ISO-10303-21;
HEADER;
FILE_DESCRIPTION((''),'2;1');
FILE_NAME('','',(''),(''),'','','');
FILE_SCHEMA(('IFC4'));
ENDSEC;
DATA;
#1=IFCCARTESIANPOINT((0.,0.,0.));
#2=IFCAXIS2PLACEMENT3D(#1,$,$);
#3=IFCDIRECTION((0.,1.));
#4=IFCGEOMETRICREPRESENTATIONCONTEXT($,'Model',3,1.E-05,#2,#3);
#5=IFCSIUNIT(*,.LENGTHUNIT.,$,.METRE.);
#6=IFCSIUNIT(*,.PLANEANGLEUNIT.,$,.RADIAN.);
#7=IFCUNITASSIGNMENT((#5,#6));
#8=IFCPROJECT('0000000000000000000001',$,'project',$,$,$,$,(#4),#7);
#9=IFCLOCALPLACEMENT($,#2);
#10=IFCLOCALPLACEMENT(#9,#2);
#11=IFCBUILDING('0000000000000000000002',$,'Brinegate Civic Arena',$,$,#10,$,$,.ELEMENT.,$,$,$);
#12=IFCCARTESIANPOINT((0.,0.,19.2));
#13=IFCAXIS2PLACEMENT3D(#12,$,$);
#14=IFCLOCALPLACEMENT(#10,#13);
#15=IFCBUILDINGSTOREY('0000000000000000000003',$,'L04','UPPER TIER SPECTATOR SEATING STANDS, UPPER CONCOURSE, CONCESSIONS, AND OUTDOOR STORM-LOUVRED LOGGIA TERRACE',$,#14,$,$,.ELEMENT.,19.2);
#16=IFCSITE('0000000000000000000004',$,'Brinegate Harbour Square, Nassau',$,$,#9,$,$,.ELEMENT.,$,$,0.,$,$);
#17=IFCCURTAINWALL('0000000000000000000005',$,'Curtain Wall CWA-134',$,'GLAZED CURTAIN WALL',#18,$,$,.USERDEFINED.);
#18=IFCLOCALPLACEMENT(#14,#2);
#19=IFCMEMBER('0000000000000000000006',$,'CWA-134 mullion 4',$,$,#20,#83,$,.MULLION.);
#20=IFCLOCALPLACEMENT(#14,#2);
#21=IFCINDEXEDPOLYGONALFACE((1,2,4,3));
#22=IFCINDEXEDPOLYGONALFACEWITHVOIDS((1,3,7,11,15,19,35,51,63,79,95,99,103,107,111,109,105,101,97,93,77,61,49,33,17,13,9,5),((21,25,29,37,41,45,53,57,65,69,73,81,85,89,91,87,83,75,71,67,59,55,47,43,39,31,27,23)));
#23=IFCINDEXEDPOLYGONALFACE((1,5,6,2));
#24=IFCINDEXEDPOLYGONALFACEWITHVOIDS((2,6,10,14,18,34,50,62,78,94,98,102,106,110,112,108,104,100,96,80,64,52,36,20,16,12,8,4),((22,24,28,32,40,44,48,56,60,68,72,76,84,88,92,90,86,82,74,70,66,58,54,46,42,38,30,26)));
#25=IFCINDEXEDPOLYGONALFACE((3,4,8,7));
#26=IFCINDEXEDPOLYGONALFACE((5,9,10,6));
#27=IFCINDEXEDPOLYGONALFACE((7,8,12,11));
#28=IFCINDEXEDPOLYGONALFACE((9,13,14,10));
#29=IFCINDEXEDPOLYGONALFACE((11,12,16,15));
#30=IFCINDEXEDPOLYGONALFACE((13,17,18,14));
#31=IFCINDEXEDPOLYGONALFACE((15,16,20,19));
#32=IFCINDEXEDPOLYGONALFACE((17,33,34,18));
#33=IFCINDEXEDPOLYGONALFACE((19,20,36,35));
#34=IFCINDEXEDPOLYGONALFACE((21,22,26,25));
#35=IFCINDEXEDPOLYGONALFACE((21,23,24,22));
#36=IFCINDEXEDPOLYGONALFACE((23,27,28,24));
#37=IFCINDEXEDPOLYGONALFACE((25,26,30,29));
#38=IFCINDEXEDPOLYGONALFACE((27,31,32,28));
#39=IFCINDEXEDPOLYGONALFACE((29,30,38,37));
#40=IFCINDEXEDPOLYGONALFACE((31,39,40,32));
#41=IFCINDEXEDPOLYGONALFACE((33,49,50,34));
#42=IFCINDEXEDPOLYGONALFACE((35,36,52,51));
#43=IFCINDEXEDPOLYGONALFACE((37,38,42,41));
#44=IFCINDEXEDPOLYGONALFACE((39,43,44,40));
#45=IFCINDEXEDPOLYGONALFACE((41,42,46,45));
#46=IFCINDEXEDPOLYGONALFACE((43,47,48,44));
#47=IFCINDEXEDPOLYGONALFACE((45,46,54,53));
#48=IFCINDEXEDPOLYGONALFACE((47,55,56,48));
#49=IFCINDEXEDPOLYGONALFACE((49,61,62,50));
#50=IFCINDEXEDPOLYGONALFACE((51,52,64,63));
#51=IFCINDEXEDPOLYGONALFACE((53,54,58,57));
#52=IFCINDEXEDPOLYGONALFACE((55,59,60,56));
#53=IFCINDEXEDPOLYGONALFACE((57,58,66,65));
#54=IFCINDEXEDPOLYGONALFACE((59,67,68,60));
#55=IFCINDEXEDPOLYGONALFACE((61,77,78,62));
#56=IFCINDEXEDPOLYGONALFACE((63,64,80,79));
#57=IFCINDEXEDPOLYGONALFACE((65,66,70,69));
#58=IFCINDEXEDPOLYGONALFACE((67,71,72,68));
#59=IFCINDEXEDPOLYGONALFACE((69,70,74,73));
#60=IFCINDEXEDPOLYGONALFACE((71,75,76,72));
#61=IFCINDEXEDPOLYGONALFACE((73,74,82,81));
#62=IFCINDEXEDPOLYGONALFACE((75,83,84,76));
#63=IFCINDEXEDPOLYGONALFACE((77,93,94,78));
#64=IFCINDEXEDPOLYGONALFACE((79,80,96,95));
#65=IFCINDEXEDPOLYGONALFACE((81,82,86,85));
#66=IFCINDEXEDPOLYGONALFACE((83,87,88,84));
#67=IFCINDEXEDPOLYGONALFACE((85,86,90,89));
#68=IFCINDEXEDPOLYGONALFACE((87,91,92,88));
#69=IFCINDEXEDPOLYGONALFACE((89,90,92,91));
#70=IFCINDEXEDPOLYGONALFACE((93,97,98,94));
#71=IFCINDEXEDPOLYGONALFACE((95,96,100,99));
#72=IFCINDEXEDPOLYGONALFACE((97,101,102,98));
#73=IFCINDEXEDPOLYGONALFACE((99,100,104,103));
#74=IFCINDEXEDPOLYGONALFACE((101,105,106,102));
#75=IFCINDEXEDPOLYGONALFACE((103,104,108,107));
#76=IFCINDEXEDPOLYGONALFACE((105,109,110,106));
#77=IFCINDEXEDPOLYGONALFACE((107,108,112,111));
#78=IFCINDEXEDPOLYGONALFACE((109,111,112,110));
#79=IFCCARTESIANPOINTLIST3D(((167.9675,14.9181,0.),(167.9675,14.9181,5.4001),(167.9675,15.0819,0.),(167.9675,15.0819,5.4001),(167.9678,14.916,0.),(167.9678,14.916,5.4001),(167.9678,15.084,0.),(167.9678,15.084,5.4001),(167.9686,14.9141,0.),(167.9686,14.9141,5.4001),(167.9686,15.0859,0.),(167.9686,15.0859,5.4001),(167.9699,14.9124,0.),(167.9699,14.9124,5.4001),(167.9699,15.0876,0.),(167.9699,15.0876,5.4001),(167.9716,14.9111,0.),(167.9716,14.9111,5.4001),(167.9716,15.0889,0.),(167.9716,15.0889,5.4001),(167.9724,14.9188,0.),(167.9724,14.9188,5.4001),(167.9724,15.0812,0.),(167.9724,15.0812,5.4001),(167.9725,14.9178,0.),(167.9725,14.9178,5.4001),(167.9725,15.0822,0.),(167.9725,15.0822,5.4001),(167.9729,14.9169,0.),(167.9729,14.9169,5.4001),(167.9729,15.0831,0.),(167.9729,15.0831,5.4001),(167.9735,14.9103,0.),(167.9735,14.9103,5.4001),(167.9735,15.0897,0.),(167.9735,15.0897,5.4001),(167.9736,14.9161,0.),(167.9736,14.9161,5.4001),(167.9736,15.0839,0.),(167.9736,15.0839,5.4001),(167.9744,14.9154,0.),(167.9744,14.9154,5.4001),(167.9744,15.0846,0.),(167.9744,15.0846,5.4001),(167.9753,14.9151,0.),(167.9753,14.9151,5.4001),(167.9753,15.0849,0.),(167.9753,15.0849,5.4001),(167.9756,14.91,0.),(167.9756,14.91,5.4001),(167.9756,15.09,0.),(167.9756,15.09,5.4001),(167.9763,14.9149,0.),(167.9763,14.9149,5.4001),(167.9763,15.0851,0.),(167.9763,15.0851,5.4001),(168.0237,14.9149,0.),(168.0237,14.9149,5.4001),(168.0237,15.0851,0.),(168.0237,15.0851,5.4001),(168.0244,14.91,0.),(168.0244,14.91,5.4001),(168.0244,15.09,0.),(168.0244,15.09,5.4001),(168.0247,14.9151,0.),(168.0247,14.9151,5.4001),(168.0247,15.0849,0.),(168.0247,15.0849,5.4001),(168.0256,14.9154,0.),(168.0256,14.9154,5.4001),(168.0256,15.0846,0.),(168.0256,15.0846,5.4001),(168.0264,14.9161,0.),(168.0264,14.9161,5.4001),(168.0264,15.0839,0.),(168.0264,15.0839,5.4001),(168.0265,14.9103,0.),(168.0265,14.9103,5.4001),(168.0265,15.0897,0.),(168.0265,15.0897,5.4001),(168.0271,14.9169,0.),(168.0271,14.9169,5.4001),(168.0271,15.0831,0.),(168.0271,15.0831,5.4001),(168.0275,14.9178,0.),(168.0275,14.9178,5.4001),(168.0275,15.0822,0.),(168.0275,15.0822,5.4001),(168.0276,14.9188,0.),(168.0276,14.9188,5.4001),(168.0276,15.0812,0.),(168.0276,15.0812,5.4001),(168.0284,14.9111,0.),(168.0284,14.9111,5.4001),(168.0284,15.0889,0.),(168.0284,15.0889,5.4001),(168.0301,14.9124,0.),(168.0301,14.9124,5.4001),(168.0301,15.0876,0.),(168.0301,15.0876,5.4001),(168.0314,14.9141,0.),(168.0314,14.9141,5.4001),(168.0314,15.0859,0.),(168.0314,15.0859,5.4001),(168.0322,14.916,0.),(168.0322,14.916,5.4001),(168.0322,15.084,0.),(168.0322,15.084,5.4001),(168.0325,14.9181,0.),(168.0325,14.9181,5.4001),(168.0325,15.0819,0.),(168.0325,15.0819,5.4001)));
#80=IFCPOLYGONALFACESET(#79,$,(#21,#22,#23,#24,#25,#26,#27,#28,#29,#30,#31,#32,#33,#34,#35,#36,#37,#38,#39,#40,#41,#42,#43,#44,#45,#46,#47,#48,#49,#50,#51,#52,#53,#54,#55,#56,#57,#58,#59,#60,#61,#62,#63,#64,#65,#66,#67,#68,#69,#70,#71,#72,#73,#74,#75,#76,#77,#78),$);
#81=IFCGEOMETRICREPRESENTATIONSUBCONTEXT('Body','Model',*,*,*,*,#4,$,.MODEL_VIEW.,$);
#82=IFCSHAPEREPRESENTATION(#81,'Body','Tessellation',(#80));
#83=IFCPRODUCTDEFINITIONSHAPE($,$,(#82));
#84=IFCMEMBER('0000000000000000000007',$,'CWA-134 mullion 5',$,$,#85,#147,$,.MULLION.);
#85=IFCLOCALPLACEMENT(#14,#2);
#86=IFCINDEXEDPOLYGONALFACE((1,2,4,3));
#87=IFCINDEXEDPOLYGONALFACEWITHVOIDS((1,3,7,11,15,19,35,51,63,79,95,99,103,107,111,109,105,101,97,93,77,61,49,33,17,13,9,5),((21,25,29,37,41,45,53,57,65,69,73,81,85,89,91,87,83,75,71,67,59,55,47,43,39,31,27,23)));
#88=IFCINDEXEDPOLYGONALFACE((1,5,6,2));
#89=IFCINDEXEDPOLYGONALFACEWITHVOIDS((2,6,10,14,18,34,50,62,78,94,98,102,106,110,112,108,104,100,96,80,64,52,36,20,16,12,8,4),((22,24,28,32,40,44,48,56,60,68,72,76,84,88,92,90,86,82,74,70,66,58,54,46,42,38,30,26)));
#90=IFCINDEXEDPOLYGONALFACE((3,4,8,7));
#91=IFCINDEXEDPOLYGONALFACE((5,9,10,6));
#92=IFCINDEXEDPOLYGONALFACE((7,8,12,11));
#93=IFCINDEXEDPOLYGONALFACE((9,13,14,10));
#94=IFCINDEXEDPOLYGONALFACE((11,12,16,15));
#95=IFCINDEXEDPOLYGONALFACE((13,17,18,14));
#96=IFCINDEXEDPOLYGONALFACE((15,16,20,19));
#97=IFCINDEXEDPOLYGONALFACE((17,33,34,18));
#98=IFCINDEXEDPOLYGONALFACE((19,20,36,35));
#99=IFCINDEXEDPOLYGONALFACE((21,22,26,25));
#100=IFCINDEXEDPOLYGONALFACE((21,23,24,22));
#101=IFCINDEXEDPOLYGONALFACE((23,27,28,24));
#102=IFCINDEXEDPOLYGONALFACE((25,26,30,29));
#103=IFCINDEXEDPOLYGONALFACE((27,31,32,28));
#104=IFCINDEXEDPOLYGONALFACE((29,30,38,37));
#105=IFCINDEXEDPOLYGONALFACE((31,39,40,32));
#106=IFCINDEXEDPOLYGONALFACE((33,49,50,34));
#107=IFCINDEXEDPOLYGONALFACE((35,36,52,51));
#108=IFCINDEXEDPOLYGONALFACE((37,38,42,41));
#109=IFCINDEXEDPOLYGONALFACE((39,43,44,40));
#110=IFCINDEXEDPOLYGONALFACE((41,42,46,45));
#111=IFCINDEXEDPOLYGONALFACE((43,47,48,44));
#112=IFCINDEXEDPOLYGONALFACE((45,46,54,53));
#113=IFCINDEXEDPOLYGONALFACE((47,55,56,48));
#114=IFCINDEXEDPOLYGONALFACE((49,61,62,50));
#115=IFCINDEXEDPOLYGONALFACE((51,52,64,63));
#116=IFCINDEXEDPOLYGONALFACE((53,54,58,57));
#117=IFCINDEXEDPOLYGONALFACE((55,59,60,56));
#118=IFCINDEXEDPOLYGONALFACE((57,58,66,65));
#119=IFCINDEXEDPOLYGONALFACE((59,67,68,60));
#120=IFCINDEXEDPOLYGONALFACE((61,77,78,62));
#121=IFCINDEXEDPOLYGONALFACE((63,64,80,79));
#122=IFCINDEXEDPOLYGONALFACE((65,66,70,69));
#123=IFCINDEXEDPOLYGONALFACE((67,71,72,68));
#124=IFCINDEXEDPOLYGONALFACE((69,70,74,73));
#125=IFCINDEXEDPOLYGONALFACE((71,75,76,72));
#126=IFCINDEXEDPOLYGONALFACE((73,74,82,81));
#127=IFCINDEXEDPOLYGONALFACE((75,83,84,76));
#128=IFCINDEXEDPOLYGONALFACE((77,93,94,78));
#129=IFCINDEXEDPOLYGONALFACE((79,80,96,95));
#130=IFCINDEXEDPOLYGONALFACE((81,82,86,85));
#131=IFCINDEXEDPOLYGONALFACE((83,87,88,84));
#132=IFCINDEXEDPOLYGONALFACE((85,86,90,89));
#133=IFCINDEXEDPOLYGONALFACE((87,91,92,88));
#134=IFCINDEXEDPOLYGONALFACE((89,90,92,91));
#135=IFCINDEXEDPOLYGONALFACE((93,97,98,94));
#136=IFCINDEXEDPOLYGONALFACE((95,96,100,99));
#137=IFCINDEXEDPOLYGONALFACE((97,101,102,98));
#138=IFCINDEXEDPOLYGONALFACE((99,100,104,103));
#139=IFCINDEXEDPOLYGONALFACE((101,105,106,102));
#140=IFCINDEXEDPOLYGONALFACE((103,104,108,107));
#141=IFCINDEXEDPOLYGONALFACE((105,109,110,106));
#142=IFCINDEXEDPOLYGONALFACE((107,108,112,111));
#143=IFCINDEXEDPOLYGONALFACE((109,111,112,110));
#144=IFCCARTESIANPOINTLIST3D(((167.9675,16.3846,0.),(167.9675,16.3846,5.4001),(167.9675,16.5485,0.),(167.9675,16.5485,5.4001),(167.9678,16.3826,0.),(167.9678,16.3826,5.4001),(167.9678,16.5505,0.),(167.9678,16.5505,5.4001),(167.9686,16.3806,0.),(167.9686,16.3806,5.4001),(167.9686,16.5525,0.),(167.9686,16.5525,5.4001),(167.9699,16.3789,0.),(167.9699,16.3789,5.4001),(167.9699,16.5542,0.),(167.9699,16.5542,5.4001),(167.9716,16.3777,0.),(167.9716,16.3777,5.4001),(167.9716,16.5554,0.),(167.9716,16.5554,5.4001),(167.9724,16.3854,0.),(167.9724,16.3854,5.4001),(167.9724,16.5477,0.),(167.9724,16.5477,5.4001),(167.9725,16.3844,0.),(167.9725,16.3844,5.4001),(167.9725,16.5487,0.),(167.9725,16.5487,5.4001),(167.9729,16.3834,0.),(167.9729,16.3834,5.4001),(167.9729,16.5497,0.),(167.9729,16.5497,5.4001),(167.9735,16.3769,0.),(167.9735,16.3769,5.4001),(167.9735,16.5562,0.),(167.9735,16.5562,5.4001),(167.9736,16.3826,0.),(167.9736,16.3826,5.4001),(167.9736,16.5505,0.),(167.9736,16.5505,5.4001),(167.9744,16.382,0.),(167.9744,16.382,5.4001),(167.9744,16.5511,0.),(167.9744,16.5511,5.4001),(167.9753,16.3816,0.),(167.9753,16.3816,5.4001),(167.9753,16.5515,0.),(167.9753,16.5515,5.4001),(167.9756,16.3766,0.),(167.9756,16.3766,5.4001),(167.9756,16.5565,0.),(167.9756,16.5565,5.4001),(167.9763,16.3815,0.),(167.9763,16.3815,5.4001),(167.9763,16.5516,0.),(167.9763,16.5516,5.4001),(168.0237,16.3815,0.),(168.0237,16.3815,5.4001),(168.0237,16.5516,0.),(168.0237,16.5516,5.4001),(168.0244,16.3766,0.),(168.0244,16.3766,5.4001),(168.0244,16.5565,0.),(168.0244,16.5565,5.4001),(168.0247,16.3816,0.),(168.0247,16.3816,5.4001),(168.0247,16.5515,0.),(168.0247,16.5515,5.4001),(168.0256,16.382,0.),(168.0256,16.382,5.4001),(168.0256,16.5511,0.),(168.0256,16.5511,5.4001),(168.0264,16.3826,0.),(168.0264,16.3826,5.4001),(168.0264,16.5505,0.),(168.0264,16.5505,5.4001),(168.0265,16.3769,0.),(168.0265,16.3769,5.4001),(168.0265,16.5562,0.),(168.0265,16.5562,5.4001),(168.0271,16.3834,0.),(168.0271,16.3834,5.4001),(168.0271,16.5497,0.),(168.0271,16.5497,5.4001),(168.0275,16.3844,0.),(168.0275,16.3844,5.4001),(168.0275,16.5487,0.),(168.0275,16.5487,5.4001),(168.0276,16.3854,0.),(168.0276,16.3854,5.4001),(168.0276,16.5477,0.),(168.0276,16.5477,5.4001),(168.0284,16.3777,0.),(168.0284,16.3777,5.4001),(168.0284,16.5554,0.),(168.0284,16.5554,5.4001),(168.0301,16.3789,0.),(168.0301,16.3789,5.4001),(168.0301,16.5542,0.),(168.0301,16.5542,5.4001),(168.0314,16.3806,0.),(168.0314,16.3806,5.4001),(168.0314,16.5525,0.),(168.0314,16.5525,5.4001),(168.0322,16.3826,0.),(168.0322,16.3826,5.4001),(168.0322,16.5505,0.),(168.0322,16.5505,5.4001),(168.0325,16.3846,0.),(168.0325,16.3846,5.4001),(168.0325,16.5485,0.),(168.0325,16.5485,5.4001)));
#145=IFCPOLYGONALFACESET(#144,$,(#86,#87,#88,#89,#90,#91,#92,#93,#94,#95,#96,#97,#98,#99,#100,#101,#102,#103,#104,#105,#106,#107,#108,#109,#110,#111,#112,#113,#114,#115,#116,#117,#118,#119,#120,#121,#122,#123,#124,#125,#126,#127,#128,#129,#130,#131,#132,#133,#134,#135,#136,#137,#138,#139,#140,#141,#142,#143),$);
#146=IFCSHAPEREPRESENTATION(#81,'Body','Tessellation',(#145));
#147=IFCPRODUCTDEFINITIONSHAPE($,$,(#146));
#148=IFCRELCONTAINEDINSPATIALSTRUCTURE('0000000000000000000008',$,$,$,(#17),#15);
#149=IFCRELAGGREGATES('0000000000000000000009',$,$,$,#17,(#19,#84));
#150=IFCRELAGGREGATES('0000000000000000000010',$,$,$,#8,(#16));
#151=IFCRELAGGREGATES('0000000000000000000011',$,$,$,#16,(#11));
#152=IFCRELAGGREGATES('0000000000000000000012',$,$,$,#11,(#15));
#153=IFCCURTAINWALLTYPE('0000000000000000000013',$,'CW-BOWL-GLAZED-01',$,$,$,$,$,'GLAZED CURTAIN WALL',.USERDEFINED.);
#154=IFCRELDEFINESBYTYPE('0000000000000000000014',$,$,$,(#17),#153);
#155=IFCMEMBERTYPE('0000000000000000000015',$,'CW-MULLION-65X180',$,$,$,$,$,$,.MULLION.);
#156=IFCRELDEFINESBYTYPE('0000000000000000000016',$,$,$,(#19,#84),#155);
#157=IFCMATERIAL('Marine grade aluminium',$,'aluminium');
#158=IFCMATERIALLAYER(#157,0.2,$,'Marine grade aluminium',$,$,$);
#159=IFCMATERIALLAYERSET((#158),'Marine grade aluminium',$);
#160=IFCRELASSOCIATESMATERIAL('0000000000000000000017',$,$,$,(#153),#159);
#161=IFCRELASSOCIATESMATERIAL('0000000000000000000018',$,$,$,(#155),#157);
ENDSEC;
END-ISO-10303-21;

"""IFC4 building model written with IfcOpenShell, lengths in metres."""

from ifc_helpers import new_model, si_unit, direction, frame, origin, origin_2d, place, context, subcontext, project, spatial, hollow_rectangle, extrude, material, layer, layer_set, material_profile, profile_set, type_object, element, aggregate, save


model = new_model("IFC4")

# Units and contexts
model_context = context("Model", 3, precision=1e-05, world=origin(), true_north=direction((0.0, 1.0)))
body_context = subcontext(model_context, "Body", "Model", "MODEL_VIEW")
ifc_project = project(units=[si_unit("LENGTHUNIT", "METRE"), si_unit("PLANEANGLEUNIT", "RADIAN")], contexts=[model_context])

# Site, building, storey
site_placement = place(None, origin())
site = spatial("IfcSite", under=ifc_project, at=site_placement, Name="Brinegate Harbour Square, Nassau", CompositionType="ELEMENT", RefElevation=0.0)
building_placement = place(site_placement, origin())
building = spatial("IfcBuilding", under=site, at=building_placement, Name="Brinegate Civic Arena", CompositionType="ELEMENT")
storey_placement = place(building_placement, frame((0.0, 0.0, 19.2)))
storey = spatial("IfcBuildingStorey", under=building, at=storey_placement, Name="L04", Description="UPPER TIER SPECTATOR SEATING STANDS, UPPER CONCOURSE, CONCESSIONS, AND OUTDOOR STORM-LOUVRED LOGGIA TERRACE", CompositionType="ELEMENT", Elevation=19.2)

# Curtain wall, members
ifc_material_1 = material(Name="Marine grade aluminium", Category="aluminium")
ifc_layer_1 = layer(ifc_material_1, 0.2, Name="Marine grade aluminium")
ifc_layer_set_1 = layer_set([ifc_layer_1], Name="Marine grade aluminium")
curtain_wall_type = type_object("IfcCurtainWallType", Name="CW-BOWL-GLAZED-01", ElementType="GLAZED CURTAIN WALL", PredefinedType="USERDEFINED", material=ifc_layer_set_1)
curtain_wall_placement = place(storey_placement, origin())
curtain_wall = element("IfcCurtainWall", 1, at=curtain_wall_placement, inside=storey, type_object=curtain_wall_type, Name="Curtain Wall CWA-134", ObjectType="GLAZED CURTAIN WALL", PredefinedType="USERDEFINED")
ifc_material_profile_1 = material_profile(ifc_material_1, hollow_rectangle(XDim=0.0649, YDim=0.1799, WallThickness=0.0049, InnerFilletRadius=0.0039, OuterFilletRadius=0.0081, at=origin_2d()), Name="MUL65X180")
ifc_profile_set_1 = profile_set([ifc_material_profile_1], Name="Marine grade aluminium")
member_type_1 = type_object("IfcMemberType", Name="CW-MULLION-65X180", PredefinedType="MULLION", material=ifc_profile_set_1)
member_1_placement = place(storey_placement, frame((168.0, 15.0, 0.0), z_axis=(0.0, 0.0, 1.0), x_axis=(-1.0, 0.0, 0.0)))
member_1 = element("IfcMember", 2, at=member_1_placement, type_object=member_type_1, Name="CWA-134 mullion 4", PredefinedType="MULLION", context=body_context, shape_type="SweptSolid", body=[
    extrude(hollow_rectangle(XDim=0.0649, YDim=0.1799, WallThickness=0.0049, InnerFilletRadius=0.0039, OuterFilletRadius=0.0081, at=origin_2d()), origin(), (0.0, 0.0, 1.0), 5.4001),
])
member_2_placement = place(storey_placement, frame((168.0, 16.4666, 0.0), z_axis=(0.0, 0.0, 1.0), x_axis=(-1.0, 0.0, 0.0)))
member_2 = element("IfcMember", 3, at=member_2_placement, type_object=member_type_1, Name="CWA-134 mullion 5", PredefinedType="MULLION", context=body_context, shape_type="SweptSolid", body=[
    extrude(hollow_rectangle(XDim=0.0649, YDim=0.1799, WallThickness=0.0049, InnerFilletRadius=0.0039, OuterFilletRadius=0.0081, at=origin_2d()), origin(), (0.0, 0.0, 1.0), 5.4001),
])
aggregate(curtain_wall, [member_1, member_2])

save(model, "model.ifc")
